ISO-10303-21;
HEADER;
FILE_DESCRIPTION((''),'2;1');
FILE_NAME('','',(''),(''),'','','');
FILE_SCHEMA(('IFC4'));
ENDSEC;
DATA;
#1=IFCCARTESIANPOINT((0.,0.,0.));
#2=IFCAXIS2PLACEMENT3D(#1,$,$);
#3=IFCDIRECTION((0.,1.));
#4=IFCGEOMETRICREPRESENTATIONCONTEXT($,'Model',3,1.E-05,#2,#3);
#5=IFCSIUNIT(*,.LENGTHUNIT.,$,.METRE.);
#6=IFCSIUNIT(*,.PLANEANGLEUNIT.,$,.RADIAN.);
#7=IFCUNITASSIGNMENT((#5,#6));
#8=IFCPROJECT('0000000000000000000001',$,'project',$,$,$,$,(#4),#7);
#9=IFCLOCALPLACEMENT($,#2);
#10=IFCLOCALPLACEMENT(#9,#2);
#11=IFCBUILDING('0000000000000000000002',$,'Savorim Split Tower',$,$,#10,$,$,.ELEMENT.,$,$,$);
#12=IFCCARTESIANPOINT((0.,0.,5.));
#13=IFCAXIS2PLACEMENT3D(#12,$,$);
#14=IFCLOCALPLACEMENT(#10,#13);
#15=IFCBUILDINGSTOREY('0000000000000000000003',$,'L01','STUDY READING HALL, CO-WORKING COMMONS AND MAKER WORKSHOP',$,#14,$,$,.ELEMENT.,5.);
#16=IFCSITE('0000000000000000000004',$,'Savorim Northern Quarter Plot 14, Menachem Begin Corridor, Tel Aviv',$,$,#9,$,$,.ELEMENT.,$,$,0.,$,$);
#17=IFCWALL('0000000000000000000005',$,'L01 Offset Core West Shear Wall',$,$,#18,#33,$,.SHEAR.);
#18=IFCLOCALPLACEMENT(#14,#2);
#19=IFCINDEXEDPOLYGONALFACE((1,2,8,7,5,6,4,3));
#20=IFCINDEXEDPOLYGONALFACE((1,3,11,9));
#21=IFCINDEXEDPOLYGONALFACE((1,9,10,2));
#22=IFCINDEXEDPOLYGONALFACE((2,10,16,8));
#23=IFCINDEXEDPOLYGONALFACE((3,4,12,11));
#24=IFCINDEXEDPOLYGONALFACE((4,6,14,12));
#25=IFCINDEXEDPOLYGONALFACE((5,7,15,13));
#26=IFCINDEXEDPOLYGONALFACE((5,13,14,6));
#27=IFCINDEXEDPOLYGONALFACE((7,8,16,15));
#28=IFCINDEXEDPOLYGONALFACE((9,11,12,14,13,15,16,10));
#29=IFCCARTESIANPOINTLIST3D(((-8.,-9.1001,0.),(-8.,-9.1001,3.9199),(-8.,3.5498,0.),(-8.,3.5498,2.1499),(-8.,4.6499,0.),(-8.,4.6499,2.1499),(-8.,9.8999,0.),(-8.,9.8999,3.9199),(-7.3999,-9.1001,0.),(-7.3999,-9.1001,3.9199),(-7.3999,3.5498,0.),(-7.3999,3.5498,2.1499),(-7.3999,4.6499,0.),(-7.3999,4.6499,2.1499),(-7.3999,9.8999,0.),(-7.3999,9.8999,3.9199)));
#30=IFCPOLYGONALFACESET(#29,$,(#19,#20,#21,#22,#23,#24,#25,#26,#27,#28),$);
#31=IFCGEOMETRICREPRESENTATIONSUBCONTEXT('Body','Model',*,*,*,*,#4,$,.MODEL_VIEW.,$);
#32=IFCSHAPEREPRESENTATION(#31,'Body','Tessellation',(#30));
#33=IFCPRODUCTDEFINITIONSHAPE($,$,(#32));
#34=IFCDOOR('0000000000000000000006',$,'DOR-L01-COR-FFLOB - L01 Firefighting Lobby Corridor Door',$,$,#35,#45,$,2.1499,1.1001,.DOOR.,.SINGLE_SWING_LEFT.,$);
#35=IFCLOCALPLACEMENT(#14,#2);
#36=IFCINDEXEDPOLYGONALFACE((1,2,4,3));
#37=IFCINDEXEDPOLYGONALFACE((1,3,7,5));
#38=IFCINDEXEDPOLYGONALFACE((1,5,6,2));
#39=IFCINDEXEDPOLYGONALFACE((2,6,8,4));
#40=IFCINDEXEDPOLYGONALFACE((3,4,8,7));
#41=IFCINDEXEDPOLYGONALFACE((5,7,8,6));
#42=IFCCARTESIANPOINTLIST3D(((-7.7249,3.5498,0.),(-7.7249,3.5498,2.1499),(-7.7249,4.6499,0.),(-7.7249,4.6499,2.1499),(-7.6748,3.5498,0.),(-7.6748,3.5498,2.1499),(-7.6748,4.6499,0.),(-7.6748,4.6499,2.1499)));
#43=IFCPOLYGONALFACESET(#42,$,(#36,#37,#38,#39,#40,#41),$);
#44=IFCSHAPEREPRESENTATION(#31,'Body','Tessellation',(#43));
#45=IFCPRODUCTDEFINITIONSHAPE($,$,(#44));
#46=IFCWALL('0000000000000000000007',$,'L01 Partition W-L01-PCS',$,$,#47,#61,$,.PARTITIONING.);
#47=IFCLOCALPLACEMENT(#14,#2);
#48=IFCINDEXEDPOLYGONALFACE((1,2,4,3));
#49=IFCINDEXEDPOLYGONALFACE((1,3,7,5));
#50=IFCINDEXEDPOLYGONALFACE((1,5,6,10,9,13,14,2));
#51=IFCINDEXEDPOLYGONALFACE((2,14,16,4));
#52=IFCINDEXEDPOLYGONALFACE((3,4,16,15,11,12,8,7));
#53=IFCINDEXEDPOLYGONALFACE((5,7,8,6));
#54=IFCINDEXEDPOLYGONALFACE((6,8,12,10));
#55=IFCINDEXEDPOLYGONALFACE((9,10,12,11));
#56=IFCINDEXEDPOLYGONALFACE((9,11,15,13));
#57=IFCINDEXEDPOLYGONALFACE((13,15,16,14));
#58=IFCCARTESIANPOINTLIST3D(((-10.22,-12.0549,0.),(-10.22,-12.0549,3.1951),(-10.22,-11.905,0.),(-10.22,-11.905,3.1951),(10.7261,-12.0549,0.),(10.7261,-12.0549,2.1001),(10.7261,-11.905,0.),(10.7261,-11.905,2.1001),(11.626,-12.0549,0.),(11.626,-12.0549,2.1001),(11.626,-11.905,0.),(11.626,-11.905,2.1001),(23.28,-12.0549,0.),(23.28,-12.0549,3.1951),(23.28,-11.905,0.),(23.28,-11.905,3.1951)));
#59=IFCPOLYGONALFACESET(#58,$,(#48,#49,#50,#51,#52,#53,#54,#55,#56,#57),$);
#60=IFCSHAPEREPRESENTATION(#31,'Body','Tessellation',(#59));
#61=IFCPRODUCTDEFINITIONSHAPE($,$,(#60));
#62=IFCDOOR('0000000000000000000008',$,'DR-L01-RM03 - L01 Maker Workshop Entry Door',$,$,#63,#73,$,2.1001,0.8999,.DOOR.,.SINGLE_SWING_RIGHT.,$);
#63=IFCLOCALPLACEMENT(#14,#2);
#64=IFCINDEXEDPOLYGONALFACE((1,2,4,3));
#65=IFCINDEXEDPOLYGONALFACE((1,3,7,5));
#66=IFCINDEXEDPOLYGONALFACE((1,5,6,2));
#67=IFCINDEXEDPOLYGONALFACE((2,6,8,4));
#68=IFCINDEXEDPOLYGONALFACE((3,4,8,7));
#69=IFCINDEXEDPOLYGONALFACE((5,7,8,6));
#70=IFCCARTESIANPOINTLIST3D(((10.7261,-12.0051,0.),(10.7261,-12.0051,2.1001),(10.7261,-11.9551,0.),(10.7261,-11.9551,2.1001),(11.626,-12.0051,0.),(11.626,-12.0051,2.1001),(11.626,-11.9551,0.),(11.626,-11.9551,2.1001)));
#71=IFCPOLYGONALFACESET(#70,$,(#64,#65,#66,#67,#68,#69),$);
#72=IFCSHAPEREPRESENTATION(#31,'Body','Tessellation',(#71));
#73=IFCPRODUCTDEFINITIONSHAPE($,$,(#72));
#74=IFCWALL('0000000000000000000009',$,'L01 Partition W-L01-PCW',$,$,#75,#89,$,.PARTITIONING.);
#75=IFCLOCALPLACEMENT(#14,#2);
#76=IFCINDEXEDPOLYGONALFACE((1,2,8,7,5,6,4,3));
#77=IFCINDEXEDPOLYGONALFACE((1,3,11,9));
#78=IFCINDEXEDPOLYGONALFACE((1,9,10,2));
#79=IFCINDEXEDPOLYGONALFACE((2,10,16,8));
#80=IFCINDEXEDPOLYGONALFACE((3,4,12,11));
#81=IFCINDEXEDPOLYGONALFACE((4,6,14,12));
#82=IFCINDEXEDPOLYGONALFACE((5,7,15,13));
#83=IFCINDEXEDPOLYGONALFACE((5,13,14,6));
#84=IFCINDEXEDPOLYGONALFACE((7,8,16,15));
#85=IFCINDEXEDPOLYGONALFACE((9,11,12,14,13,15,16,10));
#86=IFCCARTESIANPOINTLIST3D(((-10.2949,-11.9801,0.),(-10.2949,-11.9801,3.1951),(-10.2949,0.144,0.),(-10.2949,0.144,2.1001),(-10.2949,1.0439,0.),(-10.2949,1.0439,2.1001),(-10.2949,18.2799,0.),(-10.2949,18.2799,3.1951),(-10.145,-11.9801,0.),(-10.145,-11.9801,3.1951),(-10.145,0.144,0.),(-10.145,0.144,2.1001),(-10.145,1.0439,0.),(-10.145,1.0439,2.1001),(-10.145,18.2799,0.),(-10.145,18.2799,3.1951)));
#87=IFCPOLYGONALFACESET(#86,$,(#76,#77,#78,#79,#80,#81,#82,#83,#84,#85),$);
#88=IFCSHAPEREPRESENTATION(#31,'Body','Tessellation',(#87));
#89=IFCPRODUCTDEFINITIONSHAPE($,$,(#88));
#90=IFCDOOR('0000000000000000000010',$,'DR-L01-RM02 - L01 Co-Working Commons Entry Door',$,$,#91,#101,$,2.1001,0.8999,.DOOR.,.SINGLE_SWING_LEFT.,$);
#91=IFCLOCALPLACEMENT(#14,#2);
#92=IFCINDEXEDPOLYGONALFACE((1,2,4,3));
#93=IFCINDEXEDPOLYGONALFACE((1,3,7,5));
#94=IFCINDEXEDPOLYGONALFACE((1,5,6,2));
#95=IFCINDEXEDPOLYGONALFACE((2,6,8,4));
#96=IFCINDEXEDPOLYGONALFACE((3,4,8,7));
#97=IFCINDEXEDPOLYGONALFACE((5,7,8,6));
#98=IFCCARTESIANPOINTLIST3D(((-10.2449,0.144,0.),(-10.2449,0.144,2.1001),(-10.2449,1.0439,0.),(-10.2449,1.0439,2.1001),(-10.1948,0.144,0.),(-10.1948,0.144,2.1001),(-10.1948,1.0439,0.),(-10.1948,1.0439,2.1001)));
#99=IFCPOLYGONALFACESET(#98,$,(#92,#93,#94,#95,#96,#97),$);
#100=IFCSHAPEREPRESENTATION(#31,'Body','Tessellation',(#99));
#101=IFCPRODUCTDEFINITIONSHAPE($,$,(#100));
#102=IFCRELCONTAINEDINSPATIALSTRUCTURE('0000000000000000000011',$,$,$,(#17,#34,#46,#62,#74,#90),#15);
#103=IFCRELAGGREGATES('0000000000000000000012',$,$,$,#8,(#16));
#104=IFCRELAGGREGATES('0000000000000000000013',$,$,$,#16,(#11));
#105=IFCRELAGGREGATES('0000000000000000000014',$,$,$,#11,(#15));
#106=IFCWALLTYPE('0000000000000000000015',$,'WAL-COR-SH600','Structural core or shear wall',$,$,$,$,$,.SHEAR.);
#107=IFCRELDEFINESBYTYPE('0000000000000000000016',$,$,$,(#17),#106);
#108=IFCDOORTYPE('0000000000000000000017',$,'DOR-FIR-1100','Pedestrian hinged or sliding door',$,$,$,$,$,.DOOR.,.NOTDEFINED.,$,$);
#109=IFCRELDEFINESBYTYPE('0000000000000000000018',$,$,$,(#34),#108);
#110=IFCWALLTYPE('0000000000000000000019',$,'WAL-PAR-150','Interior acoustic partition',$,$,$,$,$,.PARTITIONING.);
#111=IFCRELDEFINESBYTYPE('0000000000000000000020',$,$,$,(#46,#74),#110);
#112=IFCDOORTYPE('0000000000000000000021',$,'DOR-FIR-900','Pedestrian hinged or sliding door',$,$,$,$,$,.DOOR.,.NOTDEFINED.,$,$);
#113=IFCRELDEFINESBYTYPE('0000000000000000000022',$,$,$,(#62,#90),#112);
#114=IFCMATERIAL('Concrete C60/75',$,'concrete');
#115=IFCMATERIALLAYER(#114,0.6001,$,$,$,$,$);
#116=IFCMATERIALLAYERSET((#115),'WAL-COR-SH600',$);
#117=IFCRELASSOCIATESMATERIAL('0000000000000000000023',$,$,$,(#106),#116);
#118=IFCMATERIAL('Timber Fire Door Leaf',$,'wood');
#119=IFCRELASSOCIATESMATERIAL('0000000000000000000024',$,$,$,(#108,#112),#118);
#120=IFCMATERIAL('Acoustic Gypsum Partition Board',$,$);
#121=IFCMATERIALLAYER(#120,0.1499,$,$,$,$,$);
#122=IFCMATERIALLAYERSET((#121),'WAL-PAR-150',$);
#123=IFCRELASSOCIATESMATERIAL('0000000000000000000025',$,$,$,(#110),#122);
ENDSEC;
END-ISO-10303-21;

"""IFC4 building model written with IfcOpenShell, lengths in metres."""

from ifc_helpers import new_model, si_unit, direction, frame, frame_2d, origin, place, context, subcontext, project, spatial, rectangle, extrude, material, layer, layer_set, type_object, element, fill, save


model = new_model("IFC4")

# Units and contexts
model_context = context("Model", 3, precision=1e-05, world=origin(), true_north=direction((0.0, 1.0)))
body_context = subcontext(model_context, "Body", "Model", "MODEL_VIEW")
ifc_project = project(units=[si_unit("LENGTHUNIT", "METRE"), si_unit("PLANEANGLEUNIT", "RADIAN")], contexts=[model_context])

# Site, building, storey
site_placement = place(None, origin())
site = spatial("IfcSite", under=ifc_project, at=site_placement, Name="Savorim Northern Quarter Plot 14, Menachem Begin Corridor, Tel Aviv", CompositionType="ELEMENT", RefElevation=0.0)
building_placement = place(site_placement, origin())
building = spatial("IfcBuilding", under=site, at=building_placement, Name="Savorim Split Tower", CompositionType="ELEMENT")
storey_placement = place(building_placement, frame((0.0, 0.0, 5.0)))
storey = spatial("IfcBuildingStorey", under=building, at=storey_placement, Name="L01", Description="STUDY READING HALL, CO-WORKING COMMONS AND MAKER WORKSHOP", CompositionType="ELEMENT", Elevation=5.0)

# Shared definitions
ifc_material_1 = material(Name="Concrete C60/75", Category="concrete")

# Walls, openings, doors
ifc_layer_1 = layer(ifc_material_1, 0.6001)
ifc_layer_set_1 = layer_set([ifc_layer_1], Name="WAL-COR-SH600")
wall_type_1 = type_object("IfcWallType", Name="WAL-COR-SH600", Description="Structural core or shear wall", PredefinedType="SHEAR", material=ifc_layer_set_1)
ifc_material_2 = material(Name="Timber Fire Door Leaf", Category="wood")
wall_1_placement = place(storey_placement, frame((-7.7, -9.1001, 0.0), z_axis=(0.0, 0.0, 1.0), x_axis=(0.0, 1.0, 0.0)))
wall_1 = element("IfcWall", 1, at=wall_1_placement, inside=storey, type_object=wall_type_1, Name="L01 Offset Core West Shear Wall", PredefinedType="SHEAR", context=body_context, shape_type="SweptSolid", body=[
    extrude(rectangle(XDim=19.0, YDim=0.6001, at=frame_2d((9.5, 0.0))), origin(), (0.0, 0.0, 1.0), 3.9199),
])
opening_1_placement = place(wall_1_placement, frame((12.6499, 0.0, 0.0)))
opening_1 = element("IfcOpeningElement", 2, at=opening_1_placement, cuts=wall_1, PredefinedType="OPENING", context=body_context, shape_type="SweptSolid", body=[
    extrude(rectangle(XDim=1.1001, YDim=2.1499, at=frame_2d((0.55, 1.075))), frame((0.0, 0.3101, 0.0), z_axis=(0.0, -1.0, 0.0), x_axis=(1.0, 0.0, 0.0)), (0.0, 0.0, 1.0), 0.6201),
])
door_type_1 = type_object("IfcDoorType", Name="DOR-FIR-1100", Description="Pedestrian hinged or sliding door", OperationType="NOTDEFINED", PredefinedType="DOOR", material=ifc_material_2)
door_1_placement = place(opening_1_placement, origin())
door_1 = element("IfcDoor", 3, at=door_1_placement, inside=storey, type_object=door_type_1, Name="DOR-L01-COR-FFLOB - L01 Firefighting Lobby Corridor Door", OperationType="SINGLE_SWING_LEFT", OverallHeight=2.1499, OverallWidth=1.1001, PredefinedType="DOOR", context=body_context, shape_type="SweptSolid", body=[
    extrude(rectangle(XDim=1.1001, YDim=2.1499, at=frame_2d((0.55, 1.075))), frame((0.0, 0.0249, 0.0), z_axis=(0.0, -1.0, 0.0), x_axis=(1.0, 0.0, 0.0)), (0.0, 0.0, 1.0), 0.05),
])
fill(opening_1, door_1)
ifc_material_3 = material(Name="Acoustic Gypsum Partition Board")
ifc_layer_2 = layer(ifc_material_3, 0.1499)
ifc_layer_set_2 = layer_set([ifc_layer_2], Name="WAL-PAR-150")
wall_type_2 = type_object("IfcWallType", Name="WAL-PAR-150", Description="Interior acoustic partition", PredefinedType="PARTITIONING", material=ifc_layer_set_2)
wall_2_placement = place(storey_placement, frame((-10.22, -11.98, 0.0), z_axis=(0.0, 0.0, 1.0), x_axis=(1.0, 0.0, 0.0)))
wall_2 = element("IfcWall", 4, at=wall_2_placement, inside=storey, type_object=wall_type_2, Name="L01 Partition W-L01-PCS", PredefinedType="PARTITIONING", context=body_context, shape_type="SweptSolid", body=[
    extrude(rectangle(XDim=33.5, YDim=0.1499, at=frame_2d((16.75, 0.0))), origin(), (0.0, 0.0, 1.0), 3.1951),
])
opening_2_placement = place(wall_2_placement, frame((20.946, 0.0, 0.0)))
opening_2 = element("IfcOpeningElement", 5, at=opening_2_placement, cuts=wall_2, PredefinedType="OPENING", context=body_context, shape_type="SweptSolid", body=[
    extrude(rectangle(XDim=0.8999, YDim=2.1001, at=frame_2d((0.45, 1.05))), frame((0.0, 0.085, 0.0), z_axis=(0.0, -1.0, 0.0), x_axis=(1.0, 0.0, 0.0)), (0.0, 0.0, 1.0), 0.1699),
])
door_type_2 = type_object("IfcDoorType", Name="DOR-FIR-900", Description="Pedestrian hinged or sliding door", OperationType="NOTDEFINED", PredefinedType="DOOR", material=ifc_material_2)
door_2_placement = place(opening_2_placement, origin())
door_2 = element("IfcDoor", 6, at=door_2_placement, inside=storey, type_object=door_type_2, Name="DR-L01-RM03 - L01 Maker Workshop Entry Door", OperationType="SINGLE_SWING_RIGHT", OverallHeight=2.1001, OverallWidth=0.8999, PredefinedType="DOOR", context=body_context, shape_type="SweptSolid", body=[
    extrude(rectangle(XDim=0.8999, YDim=2.1001, at=frame_2d((0.45, 1.05))), frame((0.0, 0.0249, 0.0), z_axis=(0.0, -1.0, 0.0), x_axis=(1.0, 0.0, 0.0)), (0.0, 0.0, 1.0), 0.05),
])
fill(opening_2, door_2)
wall_3_placement = place(storey_placement, frame((-10.22, -11.98, 0.0), z_axis=(0.0, 0.0, 1.0), x_axis=(0.0, 1.0, 0.0)))
wall_3 = element("IfcWall", 7, at=wall_3_placement, inside=storey, type_object=wall_type_2, Name="L01 Partition W-L01-PCW", PredefinedType="PARTITIONING", context=body_context, shape_type="SweptSolid", body=[
    extrude(rectangle(XDim=30.26, YDim=0.1499, at=frame_2d((15.1299, 0.0))), origin(), (0.0, 0.0, 1.0), 3.1951),
])
opening_3_placement = place(wall_3_placement, frame((12.124, 0.0, 0.0)))
opening_3 = element("IfcOpeningElement", 8, at=opening_3_placement, cuts=wall_3, PredefinedType="OPENING", context=body_context, shape_type="SweptSolid", body=[
    extrude(rectangle(XDim=0.8999, YDim=2.1001, at=frame_2d((0.45, 1.05))), frame((0.0, 0.085, 0.0), z_axis=(0.0, -1.0, 0.0), x_axis=(1.0, 0.0, 0.0)), (0.0, 0.0, 1.0), 0.1699),
])
door_3_placement = place(opening_3_placement, origin())
door_3 = element("IfcDoor", 9, at=door_3_placement, inside=storey, type_object=door_type_2, Name="DR-L01-RM02 - L01 Co-Working Commons Entry Door", OperationType="SINGLE_SWING_LEFT", OverallHeight=2.1001, OverallWidth=0.8999, PredefinedType="DOOR", context=body_context, shape_type="SweptSolid", body=[
    extrude(rectangle(XDim=0.8999, YDim=2.1001, at=frame_2d((0.45, 1.05))), frame((0.0, 0.0249, 0.0), z_axis=(0.0, -1.0, 0.0), x_axis=(1.0, 0.0, 0.0)), (0.0, 0.0, 1.0), 0.05),
])
fill(opening_3, door_3)

save(model, "model.ifc")
